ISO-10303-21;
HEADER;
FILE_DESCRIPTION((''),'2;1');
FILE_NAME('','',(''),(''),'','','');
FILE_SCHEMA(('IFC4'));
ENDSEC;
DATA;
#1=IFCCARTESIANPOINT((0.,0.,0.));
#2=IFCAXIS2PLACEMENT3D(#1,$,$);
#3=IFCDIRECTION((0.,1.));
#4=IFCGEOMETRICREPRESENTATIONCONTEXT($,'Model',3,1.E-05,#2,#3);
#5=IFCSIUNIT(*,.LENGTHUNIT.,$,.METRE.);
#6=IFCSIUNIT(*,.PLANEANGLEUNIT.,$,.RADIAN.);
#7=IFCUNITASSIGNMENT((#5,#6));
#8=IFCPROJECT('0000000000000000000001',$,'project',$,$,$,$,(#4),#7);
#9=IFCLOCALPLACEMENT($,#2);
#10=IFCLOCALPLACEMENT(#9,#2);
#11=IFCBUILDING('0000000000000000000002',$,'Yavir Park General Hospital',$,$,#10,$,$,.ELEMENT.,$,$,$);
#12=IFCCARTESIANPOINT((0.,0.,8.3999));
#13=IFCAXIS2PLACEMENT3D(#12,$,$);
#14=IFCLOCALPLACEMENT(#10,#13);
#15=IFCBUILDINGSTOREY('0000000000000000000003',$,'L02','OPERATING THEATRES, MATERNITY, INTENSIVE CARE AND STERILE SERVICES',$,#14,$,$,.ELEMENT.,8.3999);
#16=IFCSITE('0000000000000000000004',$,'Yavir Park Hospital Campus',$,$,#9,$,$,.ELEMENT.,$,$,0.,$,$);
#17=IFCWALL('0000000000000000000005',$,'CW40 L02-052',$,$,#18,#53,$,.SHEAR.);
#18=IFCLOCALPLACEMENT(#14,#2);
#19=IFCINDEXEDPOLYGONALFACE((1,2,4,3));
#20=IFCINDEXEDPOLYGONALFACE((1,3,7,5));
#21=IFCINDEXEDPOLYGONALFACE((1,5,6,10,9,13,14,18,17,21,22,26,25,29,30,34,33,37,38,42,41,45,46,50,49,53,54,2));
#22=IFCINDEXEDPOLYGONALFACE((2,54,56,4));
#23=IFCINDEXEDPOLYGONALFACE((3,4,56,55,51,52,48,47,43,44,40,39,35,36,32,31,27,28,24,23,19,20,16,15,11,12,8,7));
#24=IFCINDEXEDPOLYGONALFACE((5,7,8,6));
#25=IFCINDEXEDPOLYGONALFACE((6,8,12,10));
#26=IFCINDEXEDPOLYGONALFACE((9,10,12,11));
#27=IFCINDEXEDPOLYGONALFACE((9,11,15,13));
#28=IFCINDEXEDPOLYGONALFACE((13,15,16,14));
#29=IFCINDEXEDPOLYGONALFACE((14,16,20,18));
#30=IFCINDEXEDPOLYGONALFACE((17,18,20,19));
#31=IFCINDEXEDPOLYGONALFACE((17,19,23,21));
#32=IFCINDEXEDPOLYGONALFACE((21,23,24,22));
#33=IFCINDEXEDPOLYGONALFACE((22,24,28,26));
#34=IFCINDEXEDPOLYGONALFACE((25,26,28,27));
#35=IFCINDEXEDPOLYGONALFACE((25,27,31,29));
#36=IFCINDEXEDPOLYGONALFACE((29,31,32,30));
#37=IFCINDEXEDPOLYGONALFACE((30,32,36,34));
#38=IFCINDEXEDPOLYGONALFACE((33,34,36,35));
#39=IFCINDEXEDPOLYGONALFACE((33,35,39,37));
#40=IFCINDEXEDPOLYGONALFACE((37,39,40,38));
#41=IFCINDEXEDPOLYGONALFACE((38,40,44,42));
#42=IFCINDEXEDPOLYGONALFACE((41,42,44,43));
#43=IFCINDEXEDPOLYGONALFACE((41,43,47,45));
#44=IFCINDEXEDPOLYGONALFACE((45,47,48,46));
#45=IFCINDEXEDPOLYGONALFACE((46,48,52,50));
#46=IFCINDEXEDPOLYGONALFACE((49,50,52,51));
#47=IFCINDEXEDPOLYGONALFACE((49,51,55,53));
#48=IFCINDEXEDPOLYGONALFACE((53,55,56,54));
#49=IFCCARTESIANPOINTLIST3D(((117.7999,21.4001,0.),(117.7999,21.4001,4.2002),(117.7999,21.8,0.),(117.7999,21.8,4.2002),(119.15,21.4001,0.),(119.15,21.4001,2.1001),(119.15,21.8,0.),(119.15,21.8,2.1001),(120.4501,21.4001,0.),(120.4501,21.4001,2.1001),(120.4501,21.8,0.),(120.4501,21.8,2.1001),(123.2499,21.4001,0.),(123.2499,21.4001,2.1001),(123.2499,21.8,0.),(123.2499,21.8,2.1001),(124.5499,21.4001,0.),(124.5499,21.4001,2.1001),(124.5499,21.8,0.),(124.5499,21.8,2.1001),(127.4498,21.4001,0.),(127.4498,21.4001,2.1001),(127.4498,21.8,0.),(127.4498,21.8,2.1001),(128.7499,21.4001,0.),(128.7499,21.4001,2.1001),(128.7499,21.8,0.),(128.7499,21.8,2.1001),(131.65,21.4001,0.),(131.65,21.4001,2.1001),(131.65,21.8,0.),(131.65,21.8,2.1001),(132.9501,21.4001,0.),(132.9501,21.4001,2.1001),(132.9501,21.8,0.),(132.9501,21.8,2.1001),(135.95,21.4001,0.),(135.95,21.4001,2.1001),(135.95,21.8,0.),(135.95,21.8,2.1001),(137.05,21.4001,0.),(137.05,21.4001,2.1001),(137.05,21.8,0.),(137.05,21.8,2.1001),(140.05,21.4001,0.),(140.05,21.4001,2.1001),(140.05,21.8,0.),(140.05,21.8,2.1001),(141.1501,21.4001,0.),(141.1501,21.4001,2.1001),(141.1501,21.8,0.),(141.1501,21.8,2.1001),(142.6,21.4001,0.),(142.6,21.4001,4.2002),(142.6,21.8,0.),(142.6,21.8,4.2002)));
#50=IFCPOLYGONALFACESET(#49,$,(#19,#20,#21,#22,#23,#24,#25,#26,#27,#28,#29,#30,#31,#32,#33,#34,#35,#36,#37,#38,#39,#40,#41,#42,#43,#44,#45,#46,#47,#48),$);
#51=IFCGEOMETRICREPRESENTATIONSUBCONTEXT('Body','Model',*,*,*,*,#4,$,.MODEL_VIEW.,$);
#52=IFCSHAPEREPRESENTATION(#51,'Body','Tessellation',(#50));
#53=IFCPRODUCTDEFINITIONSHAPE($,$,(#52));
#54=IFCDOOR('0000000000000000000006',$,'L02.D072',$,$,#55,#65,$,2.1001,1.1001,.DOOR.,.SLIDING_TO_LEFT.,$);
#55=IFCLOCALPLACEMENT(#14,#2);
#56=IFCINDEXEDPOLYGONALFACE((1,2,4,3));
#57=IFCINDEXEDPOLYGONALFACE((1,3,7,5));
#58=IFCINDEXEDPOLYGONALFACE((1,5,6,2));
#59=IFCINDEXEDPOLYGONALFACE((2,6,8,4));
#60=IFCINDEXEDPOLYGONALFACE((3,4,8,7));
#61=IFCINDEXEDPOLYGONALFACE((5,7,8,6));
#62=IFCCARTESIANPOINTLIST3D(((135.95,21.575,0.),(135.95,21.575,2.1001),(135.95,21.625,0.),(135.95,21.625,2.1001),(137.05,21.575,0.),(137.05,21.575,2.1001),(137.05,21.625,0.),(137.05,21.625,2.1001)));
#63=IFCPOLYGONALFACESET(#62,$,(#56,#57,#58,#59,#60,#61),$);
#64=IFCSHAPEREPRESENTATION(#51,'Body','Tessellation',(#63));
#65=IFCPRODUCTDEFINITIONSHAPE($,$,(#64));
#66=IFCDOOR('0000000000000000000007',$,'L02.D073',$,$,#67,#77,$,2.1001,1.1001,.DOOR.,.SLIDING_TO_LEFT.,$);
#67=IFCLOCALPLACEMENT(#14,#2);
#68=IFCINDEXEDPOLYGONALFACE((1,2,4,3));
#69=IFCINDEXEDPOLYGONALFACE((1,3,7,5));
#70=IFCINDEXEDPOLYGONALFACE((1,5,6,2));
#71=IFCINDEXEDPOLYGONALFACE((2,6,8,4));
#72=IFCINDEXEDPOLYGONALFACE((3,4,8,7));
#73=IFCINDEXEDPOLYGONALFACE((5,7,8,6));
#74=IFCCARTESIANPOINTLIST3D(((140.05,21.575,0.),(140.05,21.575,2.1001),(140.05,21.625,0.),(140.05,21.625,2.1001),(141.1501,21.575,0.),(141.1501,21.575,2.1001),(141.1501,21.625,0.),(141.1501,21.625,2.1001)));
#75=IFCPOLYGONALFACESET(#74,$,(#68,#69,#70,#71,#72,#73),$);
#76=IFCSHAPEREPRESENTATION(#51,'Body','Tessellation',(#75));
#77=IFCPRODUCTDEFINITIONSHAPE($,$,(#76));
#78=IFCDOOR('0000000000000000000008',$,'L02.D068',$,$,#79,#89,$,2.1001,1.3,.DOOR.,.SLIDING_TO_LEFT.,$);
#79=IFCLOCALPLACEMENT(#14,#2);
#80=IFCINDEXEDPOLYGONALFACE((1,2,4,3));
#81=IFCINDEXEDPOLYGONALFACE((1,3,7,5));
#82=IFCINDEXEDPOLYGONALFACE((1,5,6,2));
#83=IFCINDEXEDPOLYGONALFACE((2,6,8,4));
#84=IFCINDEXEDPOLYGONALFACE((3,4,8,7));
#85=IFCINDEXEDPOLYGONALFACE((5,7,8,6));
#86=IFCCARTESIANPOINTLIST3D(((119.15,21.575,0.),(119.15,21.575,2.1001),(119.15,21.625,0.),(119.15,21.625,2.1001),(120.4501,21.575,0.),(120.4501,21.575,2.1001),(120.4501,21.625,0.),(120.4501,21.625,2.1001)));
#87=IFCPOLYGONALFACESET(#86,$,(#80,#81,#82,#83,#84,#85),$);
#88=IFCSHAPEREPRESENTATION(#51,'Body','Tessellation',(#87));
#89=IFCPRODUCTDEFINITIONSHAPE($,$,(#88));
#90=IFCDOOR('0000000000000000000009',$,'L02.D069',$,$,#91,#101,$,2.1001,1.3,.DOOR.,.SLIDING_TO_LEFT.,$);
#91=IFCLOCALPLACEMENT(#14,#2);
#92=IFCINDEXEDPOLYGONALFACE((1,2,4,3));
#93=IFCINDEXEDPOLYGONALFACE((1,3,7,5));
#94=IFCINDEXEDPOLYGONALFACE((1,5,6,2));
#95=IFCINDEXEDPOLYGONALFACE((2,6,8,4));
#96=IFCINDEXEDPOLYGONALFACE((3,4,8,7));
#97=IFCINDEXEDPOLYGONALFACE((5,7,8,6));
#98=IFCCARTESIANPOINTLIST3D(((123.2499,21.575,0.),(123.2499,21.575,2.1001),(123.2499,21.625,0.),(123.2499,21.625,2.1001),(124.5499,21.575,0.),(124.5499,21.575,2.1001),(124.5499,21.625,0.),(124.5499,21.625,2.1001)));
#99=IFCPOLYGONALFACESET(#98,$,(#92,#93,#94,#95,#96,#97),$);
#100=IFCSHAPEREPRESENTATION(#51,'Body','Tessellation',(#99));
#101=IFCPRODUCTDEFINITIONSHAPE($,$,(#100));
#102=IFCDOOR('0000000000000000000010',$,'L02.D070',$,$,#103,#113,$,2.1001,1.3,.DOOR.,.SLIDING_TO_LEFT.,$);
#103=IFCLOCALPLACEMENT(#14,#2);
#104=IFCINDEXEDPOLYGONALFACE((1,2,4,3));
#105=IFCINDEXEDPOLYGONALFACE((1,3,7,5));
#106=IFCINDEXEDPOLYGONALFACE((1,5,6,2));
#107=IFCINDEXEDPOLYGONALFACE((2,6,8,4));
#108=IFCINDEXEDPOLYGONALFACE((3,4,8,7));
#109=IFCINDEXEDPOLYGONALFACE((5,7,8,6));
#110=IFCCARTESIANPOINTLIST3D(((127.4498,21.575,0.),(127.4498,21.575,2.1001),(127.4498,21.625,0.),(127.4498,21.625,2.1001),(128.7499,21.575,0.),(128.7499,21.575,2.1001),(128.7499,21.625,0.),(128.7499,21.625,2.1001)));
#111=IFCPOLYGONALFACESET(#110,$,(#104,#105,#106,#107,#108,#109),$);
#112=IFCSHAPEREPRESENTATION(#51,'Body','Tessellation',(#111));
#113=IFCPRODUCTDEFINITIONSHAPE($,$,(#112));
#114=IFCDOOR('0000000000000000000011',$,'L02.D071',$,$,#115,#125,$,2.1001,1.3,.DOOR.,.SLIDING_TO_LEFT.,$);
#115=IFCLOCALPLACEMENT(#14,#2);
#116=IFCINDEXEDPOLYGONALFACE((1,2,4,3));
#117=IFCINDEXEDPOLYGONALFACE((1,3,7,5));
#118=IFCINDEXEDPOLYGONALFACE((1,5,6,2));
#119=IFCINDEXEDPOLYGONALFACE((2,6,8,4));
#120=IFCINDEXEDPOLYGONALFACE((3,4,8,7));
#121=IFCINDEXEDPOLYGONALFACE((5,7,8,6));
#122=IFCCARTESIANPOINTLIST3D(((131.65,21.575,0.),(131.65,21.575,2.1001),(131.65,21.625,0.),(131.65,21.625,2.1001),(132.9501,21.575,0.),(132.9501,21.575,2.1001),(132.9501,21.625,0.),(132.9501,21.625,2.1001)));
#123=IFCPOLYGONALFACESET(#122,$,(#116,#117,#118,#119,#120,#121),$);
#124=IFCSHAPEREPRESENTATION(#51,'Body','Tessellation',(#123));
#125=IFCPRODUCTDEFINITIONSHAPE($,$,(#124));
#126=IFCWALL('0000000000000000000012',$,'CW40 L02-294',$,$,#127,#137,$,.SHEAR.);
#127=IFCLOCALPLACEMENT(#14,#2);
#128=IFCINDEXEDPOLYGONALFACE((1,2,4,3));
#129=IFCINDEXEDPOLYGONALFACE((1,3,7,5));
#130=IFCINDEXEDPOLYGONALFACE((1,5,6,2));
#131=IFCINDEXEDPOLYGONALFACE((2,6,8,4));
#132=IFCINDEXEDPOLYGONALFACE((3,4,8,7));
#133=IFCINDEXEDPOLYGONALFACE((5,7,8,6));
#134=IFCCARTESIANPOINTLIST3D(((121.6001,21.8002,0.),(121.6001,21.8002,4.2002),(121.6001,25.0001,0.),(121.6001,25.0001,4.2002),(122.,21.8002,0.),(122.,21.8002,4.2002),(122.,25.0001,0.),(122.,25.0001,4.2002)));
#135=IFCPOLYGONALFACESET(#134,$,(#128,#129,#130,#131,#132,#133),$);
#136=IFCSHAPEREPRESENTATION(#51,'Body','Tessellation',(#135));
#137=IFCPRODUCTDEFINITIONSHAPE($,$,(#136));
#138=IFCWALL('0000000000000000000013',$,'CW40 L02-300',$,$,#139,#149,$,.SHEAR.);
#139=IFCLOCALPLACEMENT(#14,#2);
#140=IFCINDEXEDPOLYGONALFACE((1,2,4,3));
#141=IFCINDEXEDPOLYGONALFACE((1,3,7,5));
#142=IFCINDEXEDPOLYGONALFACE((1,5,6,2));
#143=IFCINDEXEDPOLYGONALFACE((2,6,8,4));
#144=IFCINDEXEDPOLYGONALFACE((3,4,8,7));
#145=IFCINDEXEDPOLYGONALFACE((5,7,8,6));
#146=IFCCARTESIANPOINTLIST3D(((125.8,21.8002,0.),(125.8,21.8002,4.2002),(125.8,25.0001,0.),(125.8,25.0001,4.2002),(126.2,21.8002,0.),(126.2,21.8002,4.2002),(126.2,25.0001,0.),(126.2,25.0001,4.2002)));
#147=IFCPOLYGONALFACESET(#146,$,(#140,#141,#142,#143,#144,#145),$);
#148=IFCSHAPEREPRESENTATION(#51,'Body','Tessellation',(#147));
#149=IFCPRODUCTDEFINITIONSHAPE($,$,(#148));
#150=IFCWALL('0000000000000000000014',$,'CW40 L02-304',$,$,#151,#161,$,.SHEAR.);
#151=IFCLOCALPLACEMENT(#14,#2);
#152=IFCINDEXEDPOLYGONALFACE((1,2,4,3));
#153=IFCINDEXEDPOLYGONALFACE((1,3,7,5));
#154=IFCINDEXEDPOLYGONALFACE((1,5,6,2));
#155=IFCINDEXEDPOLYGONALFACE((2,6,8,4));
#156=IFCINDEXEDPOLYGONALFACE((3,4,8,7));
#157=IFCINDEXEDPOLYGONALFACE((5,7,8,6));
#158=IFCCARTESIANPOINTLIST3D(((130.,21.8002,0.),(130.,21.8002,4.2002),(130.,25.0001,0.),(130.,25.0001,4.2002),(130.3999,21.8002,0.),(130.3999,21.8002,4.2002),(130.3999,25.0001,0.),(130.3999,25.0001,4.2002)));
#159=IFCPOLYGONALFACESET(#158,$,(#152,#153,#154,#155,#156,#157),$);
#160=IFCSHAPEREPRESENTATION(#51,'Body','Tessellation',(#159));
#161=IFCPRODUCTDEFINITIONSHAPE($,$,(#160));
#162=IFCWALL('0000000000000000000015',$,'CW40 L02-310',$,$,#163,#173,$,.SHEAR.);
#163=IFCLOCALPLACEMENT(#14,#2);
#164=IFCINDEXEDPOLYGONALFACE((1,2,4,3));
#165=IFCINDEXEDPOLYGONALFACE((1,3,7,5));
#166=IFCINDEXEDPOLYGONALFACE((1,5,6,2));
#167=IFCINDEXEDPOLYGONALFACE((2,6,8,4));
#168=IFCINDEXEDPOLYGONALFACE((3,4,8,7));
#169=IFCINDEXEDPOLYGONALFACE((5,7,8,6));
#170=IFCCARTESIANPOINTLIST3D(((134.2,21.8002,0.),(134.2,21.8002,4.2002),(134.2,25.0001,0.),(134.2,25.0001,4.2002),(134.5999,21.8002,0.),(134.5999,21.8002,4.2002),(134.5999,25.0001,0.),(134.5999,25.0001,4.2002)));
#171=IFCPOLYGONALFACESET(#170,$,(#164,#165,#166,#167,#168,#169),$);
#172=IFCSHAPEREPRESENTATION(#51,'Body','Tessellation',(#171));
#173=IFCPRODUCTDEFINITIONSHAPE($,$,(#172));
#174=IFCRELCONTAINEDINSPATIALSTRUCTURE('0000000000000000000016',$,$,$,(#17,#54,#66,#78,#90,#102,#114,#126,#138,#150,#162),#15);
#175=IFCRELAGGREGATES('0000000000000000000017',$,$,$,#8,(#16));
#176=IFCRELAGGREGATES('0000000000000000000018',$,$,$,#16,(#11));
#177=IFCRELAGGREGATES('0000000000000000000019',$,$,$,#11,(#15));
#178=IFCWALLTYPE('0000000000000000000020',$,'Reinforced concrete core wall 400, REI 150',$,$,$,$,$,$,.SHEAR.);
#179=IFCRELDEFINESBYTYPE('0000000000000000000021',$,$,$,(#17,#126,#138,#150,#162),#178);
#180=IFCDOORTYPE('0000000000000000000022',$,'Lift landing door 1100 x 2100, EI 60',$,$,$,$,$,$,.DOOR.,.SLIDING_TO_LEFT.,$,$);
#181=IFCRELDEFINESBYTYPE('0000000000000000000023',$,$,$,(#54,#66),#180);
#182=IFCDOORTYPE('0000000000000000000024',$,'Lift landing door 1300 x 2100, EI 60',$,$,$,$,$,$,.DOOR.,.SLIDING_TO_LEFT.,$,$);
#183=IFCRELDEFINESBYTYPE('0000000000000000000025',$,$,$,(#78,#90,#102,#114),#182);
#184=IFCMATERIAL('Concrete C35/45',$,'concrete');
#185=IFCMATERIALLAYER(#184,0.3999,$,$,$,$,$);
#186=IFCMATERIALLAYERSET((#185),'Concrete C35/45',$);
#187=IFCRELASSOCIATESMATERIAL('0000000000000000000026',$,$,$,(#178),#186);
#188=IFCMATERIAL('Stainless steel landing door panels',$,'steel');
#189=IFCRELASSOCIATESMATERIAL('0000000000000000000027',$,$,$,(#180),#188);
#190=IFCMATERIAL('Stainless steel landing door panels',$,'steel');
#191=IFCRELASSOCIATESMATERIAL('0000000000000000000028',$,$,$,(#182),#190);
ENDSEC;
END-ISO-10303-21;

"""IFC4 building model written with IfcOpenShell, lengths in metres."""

from ifc_helpers import new_model, si_unit, direction, frame, frame_2d, origin, place, context, subcontext, project, spatial, rectangle, extrude, material, layer, layer_set, type_object, element, fill, save


model = new_model("IFC4")

# Units and contexts
model_context = context("Model", 3, precision=1e-05, world=origin(), true_north=direction((0.0, 1.0)))
body_context = subcontext(model_context, "Body", "Model", "MODEL_VIEW")
ifc_project = project(units=[si_unit("LENGTHUNIT", "METRE"), si_unit("PLANEANGLEUNIT", "RADIAN")], contexts=[model_context])

# Site, building, storey
site_placement = place(None, origin())
site = spatial("IfcSite", under=ifc_project, at=site_placement, Name="Yavir Park Hospital Campus", CompositionType="ELEMENT", RefElevation=0.0)
building_placement = place(site_placement, origin())
building = spatial("IfcBuilding", under=site, at=building_placement, Name="Yavir Park General Hospital", CompositionType="ELEMENT")
storey_placement = place(building_placement, frame((0.0, 0.0, 8.3999)))
storey = spatial("IfcBuildingStorey", under=building, at=storey_placement, Name="L02", Description="OPERATING THEATRES, MATERNITY, INTENSIVE CARE AND STERILE SERVICES", CompositionType="ELEMENT", Elevation=8.3999)

# Wall, openings, doors
ifc_material_1 = material(Name="Concrete C35/45", Category="concrete")
ifc_layer_1 = layer(ifc_material_1, 0.3999)
ifc_layer_set_1 = layer_set([ifc_layer_1], Name="Concrete C35/45")
wall_type_1 = type_object("IfcWallType", Name="Reinforced concrete core wall 400, REI 150", PredefinedType="SHEAR", material=ifc_layer_set_1)
wall_1_placement = place(storey_placement, frame((117.8, 21.6001, 0.0), z_axis=(0.0, 0.0, 1.0), x_axis=(1.0, 0.0, 0.0)))
wall_1 = element("IfcWall", 1, at=wall_1_placement, inside=storey, type_object=wall_type_1, Name="CW40 L02-052", PredefinedType="SHEAR", context=body_context, shape_type="SweptSolid", body=[
    extrude(rectangle(XDim=24.8, YDim=0.3999, at=frame_2d((12.3999, 0.0))), origin(), (0.0, 0.0, 1.0), 4.2002),
])
opening_1_placement = place(wall_1_placement, frame((1.3501, 0.0, 0.0)))
opening_1 = element("IfcOpeningElement", 2, at=opening_1_placement, cuts=wall_1, PredefinedType="OPENING", context=body_context, shape_type="SweptSolid", body=[
    extrude(rectangle(XDim=1.3, YDim=2.1001, at=frame_2d((0.6499, 1.05))), frame((0.0, 0.21, 0.0), z_axis=(0.0, -1.0, 0.0), x_axis=(1.0, 0.0, 0.0)), (0.0, 0.0, 1.0), 0.4199),
])
opening_2_placement = place(wall_1_placement, frame((5.45, 0.0, 0.0)))
opening_2 = element("IfcOpeningElement", 3, at=opening_2_placement, cuts=wall_1, PredefinedType="OPENING", context=body_context, shape_type="SweptSolid", body=[
    extrude(rectangle(XDim=1.3, YDim=2.1001, at=frame_2d((0.6499, 1.05))), frame((0.0, 0.21, 0.0), z_axis=(0.0, -1.0, 0.0), x_axis=(1.0, 0.0, 0.0)), (0.0, 0.0, 1.0), 0.4199),
])
opening_3_placement = place(wall_1_placement, frame((9.6499, 0.0, 0.0)))
opening_3 = element("IfcOpeningElement", 4, at=opening_3_placement, cuts=wall_1, PredefinedType="OPENING", context=body_context, shape_type="SweptSolid", body=[
    extrude(rectangle(XDim=1.3, YDim=2.1001, at=frame_2d((0.6499, 1.05))), frame((0.0, 0.21, 0.0), z_axis=(0.0, -1.0, 0.0), x_axis=(1.0, 0.0, 0.0)), (0.0, 0.0, 1.0), 0.4199),
])
opening_4_placement = place(wall_1_placement, frame((13.8501, 0.0, 0.0)))
opening_4 = element("IfcOpeningElement", 5, at=opening_4_placement, cuts=wall_1, PredefinedType="OPENING", context=body_context, shape_type="SweptSolid", body=[
    extrude(rectangle(XDim=1.3, YDim=2.1001, at=frame_2d((0.6499, 1.05))), frame((0.0, 0.21, 0.0), z_axis=(0.0, -1.0, 0.0), x_axis=(1.0, 0.0, 0.0)), (0.0, 0.0, 1.0), 0.4199),
])
opening_5_placement = place(wall_1_placement, frame((18.1499, 0.0, 0.0)))
opening_5 = element("IfcOpeningElement", 6, at=opening_5_placement, cuts=wall_1, PredefinedType="OPENING", context=body_context, shape_type="SweptSolid", body=[
    extrude(rectangle(XDim=1.1001, YDim=2.1001, at=frame_2d((0.55, 1.05))), frame((0.0, 0.21, 0.0), z_axis=(0.0, -1.0, 0.0), x_axis=(1.0, 0.0, 0.0)), (0.0, 0.0, 1.0), 0.4199),
])
opening_6_placement = place(wall_1_placement, frame((22.25, 0.0, 0.0)))
opening_6 = element("IfcOpeningElement", 7, at=opening_6_placement, cuts=wall_1, PredefinedType="OPENING", context=body_context, shape_type="SweptSolid", body=[
    extrude(rectangle(XDim=1.1001, YDim=2.1001, at=frame_2d((0.55, 1.05))), frame((0.0, 0.21, 0.0), z_axis=(0.0, -1.0, 0.0), x_axis=(1.0, 0.0, 0.0)), (0.0, 0.0, 1.0), 0.4199),
])
ifc_material_2 = material(Name="Stainless steel landing door panels", Category="steel")
door_type_1 = type_object("IfcDoorType", Name="Lift landing door 1100 x 2100, EI 60", OperationType="SLIDING_TO_LEFT", PredefinedType="DOOR", material=ifc_material_2)
door_1_placement = place(opening_5_placement, origin())
door_1 = element("IfcDoor", 8, at=door_1_placement, inside=storey, type_object=door_type_1, Name="L02.D072", OperationType="SLIDING_TO_LEFT", OverallHeight=2.1001, OverallWidth=1.1001, PredefinedType="DOOR", context=body_context, shape_type="SweptSolid", body=[
    extrude(rectangle(XDim=1.1001, YDim=2.1001, at=frame_2d((0.55, 1.05))), frame((0.0, 0.0249, 0.0), z_axis=(0.0, -1.0, 0.0), x_axis=(1.0, 0.0, 0.0)), (0.0, 0.0, 1.0), 0.05),
])
fill(opening_5, door_1)
door_2_placement = place(opening_6_placement, origin())
door_2 = element("IfcDoor", 9, at=door_2_placement, inside=storey, type_object=door_type_1, Name="L02.D073", OperationType="SLIDING_TO_LEFT", OverallHeight=2.1001, OverallWidth=1.1001, PredefinedType="DOOR", context=body_context, shape_type="SweptSolid", body=[
    extrude(rectangle(XDim=1.1001, YDim=2.1001, at=frame_2d((0.55, 1.05))), frame((0.0, 0.0249, 0.0), z_axis=(0.0, -1.0, 0.0), x_axis=(1.0, 0.0, 0.0)), (0.0, 0.0, 1.0), 0.05),
])
fill(opening_6, door_2)
ifc_material_3 = material(Name="Stainless steel landing door panels", Category="steel")
door_type_2 = type_object("IfcDoorType", Name="Lift landing door 1300 x 2100, EI 60", OperationType="SLIDING_TO_LEFT", PredefinedType="DOOR", material=ifc_material_3)
door_3_placement = place(opening_1_placement, origin())
door_3 = element("IfcDoor", 10, at=door_3_placement, inside=storey, type_object=door_type_2, Name="L02.D068", OperationType="SLIDING_TO_LEFT", OverallHeight=2.1001, OverallWidth=1.3, PredefinedType="DOOR", context=body_context, shape_type="SweptSolid", body=[
    extrude(rectangle(XDim=1.3, YDim=2.1001, at=frame_2d((0.6499, 1.05))), frame((0.0, 0.0249, 0.0), z_axis=(0.0, -1.0, 0.0), x_axis=(1.0, 0.0, 0.0)), (0.0, 0.0, 1.0), 0.05),
])
fill(opening_1, door_3)
door_4_placement = place(opening_2_placement, origin())
door_4 = element("IfcDoor", 11, at=door_4_placement, inside=storey, type_object=door_type_2, Name="L02.D069", OperationType="SLIDING_TO_LEFT", OverallHeight=2.1001, OverallWidth=1.3, PredefinedType="DOOR", context=body_context, shape_type="SweptSolid", body=[
    extrude(rectangle(XDim=1.3, YDim=2.1001, at=frame_2d((0.6499, 1.05))), frame((0.0, 0.0249, 0.0), z_axis=(0.0, -1.0, 0.0), x_axis=(1.0, 0.0, 0.0)), (0.0, 0.0, 1.0), 0.05),
])
fill(opening_2, door_4)
door_5_placement = place(opening_3_placement, origin())
door_5 = element("IfcDoor", 12, at=door_5_placement, inside=storey, type_object=door_type_2, Name="L02.D070", OperationType="SLIDING_TO_LEFT", OverallHeight=2.1001, OverallWidth=1.3, PredefinedType="DOOR", context=body_context, shape_type="SweptSolid", body=[
    extrude(rectangle(XDim=1.3, YDim=2.1001, at=frame_2d((0.6499, 1.05))), frame((0.0, 0.0249, 0.0), z_axis=(0.0, -1.0, 0.0), x_axis=(1.0, 0.0, 0.0)), (0.0, 0.0, 1.0), 0.05),
])
fill(opening_3, door_5)
door_6_placement = place(opening_4_placement, origin())
door_6 = element("IfcDoor", 13, at=door_6_placement, inside=storey, type_object=door_type_2, Name="L02.D071", OperationType="SLIDING_TO_LEFT", OverallHeight=2.1001, OverallWidth=1.3, PredefinedType="DOOR", context=body_context, shape_type="SweptSolid", body=[
    extrude(rectangle(XDim=1.3, YDim=2.1001, at=frame_2d((0.6499, 1.05))), frame((0.0, 0.0249, 0.0), z_axis=(0.0, -1.0, 0.0), x_axis=(1.0, 0.0, 0.0)), (0.0, 0.0, 1.0), 0.05),
])
fill(opening_4, door_6)

# Walls
for number, where, z_axis, x_axis, name in (
    (14, (121.8, 21.8, 0.0), (0.0, 0.0, 1.0), (0.0, 1.0, 0.0), "CW40 L02-294"),
    (15, (126.0, 21.8, 0.0), (0.0, 0.0, 1.0), (0.0, 1.0, 0.0), "CW40 L02-300"),
    (16, (130.2, 21.8, 0.0), (0.0, 0.0, 1.0), (0.0, 1.0, 0.0), "CW40 L02-304"),
    (17, (134.3999, 21.8, 0.0), (0.0, 0.0, 1.0), (0.0, 1.0, 0.0), "CW40 L02-310"),
):
    element("IfcWall", number, at=place(storey_placement, frame(where, z_axis=z_axis, x_axis=x_axis)), inside=storey, type_object=wall_type_1, Name=name, PredefinedType="SHEAR", context=body_context, shape_type="SweptSolid", body=[
        extrude(rectangle(XDim=3.2, YDim=0.3999, at=frame_2d((1.6001, 0.0))), origin(), (0.0, 0.0, 1.0), 4.2002),
    ])

save(model, "model.ifc")
